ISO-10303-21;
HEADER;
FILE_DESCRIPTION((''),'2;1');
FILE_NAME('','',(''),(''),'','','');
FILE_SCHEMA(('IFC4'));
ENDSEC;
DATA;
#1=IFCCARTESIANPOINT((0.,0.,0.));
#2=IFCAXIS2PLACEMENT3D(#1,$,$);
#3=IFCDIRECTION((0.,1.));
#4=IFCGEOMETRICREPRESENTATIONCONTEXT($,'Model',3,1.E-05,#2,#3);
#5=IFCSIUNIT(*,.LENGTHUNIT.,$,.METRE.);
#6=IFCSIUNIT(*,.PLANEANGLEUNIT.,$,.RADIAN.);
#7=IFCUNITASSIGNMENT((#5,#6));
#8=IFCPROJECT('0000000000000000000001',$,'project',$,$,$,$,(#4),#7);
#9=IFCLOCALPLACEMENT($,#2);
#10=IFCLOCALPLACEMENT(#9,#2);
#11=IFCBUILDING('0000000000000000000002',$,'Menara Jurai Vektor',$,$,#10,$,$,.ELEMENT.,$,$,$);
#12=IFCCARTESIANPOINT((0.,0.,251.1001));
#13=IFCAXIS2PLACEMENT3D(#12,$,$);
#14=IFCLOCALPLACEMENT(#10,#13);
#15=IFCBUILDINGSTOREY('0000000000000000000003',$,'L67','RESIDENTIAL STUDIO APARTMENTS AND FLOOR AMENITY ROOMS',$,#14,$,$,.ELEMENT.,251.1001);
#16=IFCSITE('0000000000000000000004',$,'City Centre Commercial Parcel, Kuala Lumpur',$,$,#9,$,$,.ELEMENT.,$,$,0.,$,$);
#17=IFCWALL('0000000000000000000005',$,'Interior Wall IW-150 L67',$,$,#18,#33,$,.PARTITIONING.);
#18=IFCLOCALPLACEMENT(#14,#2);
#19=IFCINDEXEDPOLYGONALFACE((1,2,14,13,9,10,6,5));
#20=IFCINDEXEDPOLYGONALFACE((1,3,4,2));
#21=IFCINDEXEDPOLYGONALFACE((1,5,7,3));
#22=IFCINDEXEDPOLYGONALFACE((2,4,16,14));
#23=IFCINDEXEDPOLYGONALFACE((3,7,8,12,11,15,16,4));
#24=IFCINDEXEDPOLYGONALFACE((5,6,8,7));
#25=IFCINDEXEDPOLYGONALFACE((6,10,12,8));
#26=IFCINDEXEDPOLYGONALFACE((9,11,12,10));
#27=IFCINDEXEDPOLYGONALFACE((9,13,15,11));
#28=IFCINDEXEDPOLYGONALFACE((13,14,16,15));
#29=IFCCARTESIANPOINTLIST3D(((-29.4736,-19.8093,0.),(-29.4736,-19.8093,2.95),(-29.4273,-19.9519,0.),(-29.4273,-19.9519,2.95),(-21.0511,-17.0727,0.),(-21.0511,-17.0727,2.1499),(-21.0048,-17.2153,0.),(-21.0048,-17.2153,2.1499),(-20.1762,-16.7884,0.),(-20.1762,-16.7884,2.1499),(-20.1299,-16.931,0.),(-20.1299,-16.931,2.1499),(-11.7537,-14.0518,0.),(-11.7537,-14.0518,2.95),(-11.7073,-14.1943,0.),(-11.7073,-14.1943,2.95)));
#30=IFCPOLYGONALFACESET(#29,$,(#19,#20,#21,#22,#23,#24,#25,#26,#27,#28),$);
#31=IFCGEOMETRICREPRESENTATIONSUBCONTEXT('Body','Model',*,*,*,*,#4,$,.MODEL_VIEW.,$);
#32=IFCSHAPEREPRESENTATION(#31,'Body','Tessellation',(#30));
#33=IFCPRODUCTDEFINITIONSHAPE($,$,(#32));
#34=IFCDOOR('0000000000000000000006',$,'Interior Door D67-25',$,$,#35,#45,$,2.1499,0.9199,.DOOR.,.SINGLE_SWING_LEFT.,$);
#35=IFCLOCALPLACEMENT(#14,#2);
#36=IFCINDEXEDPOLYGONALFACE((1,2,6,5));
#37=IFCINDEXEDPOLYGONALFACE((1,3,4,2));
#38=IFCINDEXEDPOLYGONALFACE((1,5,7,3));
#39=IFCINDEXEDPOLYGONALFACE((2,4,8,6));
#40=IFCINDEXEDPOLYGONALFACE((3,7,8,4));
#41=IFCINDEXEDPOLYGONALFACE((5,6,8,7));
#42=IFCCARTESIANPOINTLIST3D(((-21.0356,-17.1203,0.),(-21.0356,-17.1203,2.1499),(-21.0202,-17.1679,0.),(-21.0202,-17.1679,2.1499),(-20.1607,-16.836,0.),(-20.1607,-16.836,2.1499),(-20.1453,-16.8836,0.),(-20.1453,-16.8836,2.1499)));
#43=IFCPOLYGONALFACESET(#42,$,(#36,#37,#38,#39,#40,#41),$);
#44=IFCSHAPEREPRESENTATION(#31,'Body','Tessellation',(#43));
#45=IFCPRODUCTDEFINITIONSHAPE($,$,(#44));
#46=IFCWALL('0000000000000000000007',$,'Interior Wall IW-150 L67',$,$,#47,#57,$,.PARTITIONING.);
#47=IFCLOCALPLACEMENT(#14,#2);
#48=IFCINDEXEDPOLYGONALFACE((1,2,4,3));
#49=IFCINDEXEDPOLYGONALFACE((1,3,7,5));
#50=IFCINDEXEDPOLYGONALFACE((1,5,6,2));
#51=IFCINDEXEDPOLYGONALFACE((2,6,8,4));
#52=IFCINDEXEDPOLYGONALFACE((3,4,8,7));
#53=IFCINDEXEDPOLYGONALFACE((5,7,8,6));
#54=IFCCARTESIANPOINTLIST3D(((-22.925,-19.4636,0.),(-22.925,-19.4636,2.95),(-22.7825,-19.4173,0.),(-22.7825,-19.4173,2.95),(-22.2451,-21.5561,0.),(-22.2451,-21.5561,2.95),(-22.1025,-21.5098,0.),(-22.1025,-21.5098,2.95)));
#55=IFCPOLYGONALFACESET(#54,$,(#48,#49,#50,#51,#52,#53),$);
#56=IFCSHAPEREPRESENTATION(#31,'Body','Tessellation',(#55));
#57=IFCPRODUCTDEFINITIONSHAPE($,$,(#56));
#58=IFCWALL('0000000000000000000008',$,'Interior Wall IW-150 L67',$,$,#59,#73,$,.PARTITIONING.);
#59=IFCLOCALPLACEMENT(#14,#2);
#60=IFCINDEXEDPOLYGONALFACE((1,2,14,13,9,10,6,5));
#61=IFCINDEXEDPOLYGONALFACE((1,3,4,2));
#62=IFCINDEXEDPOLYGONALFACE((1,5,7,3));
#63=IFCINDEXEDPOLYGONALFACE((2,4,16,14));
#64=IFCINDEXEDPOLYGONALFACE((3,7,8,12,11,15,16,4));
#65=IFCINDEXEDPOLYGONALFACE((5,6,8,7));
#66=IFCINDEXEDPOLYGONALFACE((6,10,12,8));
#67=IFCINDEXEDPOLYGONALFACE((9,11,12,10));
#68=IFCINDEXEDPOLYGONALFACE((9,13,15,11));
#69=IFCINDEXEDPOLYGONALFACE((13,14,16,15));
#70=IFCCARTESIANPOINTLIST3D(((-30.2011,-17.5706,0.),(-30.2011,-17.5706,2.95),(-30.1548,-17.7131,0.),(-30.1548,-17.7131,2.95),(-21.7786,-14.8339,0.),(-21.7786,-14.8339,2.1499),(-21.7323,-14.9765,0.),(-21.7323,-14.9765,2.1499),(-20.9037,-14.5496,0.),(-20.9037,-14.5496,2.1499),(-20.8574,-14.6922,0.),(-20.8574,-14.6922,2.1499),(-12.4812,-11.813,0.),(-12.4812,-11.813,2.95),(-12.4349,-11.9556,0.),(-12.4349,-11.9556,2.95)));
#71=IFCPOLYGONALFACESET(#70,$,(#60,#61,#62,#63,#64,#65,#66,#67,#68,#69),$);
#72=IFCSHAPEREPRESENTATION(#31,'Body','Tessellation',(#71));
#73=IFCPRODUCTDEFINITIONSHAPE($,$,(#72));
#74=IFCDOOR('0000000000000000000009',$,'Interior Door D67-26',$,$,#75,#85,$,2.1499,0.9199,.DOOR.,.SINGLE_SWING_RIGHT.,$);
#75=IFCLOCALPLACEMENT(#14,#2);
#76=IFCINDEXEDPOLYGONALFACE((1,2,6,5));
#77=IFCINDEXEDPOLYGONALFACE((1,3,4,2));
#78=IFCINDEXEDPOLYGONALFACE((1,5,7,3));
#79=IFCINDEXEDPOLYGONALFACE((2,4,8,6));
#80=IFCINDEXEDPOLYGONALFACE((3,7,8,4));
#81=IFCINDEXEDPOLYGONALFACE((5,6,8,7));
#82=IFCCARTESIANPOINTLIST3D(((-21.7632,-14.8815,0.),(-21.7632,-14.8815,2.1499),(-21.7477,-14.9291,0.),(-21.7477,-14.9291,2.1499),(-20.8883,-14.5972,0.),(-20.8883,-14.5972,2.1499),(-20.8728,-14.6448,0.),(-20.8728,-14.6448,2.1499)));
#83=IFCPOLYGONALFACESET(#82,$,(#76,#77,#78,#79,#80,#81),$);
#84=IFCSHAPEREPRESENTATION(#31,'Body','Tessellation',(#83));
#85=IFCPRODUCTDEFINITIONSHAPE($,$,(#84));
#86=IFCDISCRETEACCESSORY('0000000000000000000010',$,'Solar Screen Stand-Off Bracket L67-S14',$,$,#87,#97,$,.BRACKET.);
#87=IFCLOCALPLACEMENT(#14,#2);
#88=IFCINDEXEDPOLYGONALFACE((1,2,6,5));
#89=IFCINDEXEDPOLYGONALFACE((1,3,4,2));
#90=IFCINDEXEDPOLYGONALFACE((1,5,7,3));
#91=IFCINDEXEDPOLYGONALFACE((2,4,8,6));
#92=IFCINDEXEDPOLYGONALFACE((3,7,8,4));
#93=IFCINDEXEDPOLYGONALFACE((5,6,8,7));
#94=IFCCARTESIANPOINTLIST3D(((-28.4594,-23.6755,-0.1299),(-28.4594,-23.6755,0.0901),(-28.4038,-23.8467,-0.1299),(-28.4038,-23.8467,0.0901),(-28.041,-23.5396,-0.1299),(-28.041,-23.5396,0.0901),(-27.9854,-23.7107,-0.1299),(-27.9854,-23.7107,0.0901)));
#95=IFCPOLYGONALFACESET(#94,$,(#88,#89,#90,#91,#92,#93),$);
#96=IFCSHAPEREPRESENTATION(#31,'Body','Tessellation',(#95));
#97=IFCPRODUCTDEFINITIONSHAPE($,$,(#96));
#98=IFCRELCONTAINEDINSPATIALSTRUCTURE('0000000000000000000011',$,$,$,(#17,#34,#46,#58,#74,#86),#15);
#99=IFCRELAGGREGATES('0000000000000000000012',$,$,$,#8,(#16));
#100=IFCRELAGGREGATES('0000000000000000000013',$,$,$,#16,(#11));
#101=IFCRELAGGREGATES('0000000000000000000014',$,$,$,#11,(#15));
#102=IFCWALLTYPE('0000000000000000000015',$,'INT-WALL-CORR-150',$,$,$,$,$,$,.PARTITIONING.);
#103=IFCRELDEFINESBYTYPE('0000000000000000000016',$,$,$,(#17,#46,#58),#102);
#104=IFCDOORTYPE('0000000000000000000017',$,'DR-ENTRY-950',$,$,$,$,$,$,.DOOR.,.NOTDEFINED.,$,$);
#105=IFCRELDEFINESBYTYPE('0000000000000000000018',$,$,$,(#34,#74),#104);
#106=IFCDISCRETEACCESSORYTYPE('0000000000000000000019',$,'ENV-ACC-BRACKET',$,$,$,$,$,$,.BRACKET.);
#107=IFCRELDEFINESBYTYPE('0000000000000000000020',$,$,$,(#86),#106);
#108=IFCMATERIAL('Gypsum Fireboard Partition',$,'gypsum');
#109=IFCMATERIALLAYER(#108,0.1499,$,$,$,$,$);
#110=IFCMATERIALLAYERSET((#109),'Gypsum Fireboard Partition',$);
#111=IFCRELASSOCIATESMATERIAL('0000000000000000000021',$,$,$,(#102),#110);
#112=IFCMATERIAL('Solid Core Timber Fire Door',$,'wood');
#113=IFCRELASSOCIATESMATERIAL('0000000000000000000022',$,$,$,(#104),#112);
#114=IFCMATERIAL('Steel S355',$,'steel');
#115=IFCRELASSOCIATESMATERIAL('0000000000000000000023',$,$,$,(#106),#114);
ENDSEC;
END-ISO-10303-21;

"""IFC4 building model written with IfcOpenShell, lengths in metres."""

from ifc_helpers import new_model, si_unit, direction, frame, frame_2d, origin, origin_2d, place, context, subcontext, project, spatial, rectangle, extrude, material, layer, layer_set, type_object, element, fill, save


model = new_model("IFC4")

# Units and contexts
model_context = context("Model", 3, precision=1e-05, world=origin(), true_north=direction((0.0, 1.0)))
body_context = subcontext(model_context, "Body", "Model", "MODEL_VIEW")
ifc_project = project(units=[si_unit("LENGTHUNIT", "METRE"), si_unit("PLANEANGLEUNIT", "RADIAN")], contexts=[model_context])

# Site, building, storey
site_placement = place(None, origin())
site = spatial("IfcSite", under=ifc_project, at=site_placement, Name="City Centre Commercial Parcel, Kuala Lumpur", CompositionType="ELEMENT", RefElevation=0.0)
building_placement = place(site_placement, origin())
building = spatial("IfcBuilding", under=site, at=building_placement, Name="Menara Jurai Vektor", CompositionType="ELEMENT")
storey_placement = place(building_placement, frame((0.0, 0.0, 251.1001)))
storey = spatial("IfcBuildingStorey", under=building, at=storey_placement, Name="L67", Description="RESIDENTIAL STUDIO APARTMENTS AND FLOOR AMENITY ROOMS", CompositionType="ELEMENT", Elevation=251.1001)

# Shared definitions
ifc_material_1 = material(Name="Steel S355", Category="steel")

# Shared definitions
ifc_material_2 = material(Name="Gypsum Fireboard Partition", Category="gypsum")
ifc_layer_1 = layer(ifc_material_2, 0.1499)
ifc_layer_set_1 = layer_set([ifc_layer_1], Name="Gypsum Fireboard Partition")
wall_type = type_object("IfcWallType", Name="INT-WALL-CORR-150", PredefinedType="PARTITIONING", material=ifc_layer_set_1)

# Wall, opening, door
wall_1_placement = place(storey_placement, frame((-29.4504, -19.8806, 0.0), z_axis=(0.0, 0.0, 1.0), x_axis=(0.951057, 0.309017, 0.0)))
wall_1 = element("IfcWall", 1, at=wall_1_placement, inside=storey, type_object=wall_type, Name="Interior Wall IW-150 L67", PredefinedType="PARTITIONING", context=body_context, shape_type="SweptSolid", body=[
    extrude(rectangle(XDim=18.6318, YDim=0.1499, at=frame_2d((9.3159, 0.0))), origin(), (0.0, 0.0, 1.0), 2.95),
])
opening_1_placement = place(wall_1_placement, frame((8.856, 0.0, 0.0)))
opening_1 = element("IfcOpeningElement", 2, at=opening_1_placement, cuts=wall_1, PredefinedType="OPENING", context=body_context, shape_type="SweptSolid", body=[
    extrude(rectangle(XDim=0.9199, YDim=2.1499, at=frame_2d((0.46, 1.075))), frame((0.0, 0.085, 0.0), z_axis=(0.0, -1.0, 0.0), x_axis=(1.0, 0.0, 0.0)), (0.0, 0.0, 1.0), 0.1699),
])
ifc_material_3 = material(Name="Solid Core Timber Fire Door", Category="wood")
door_type = type_object("IfcDoorType", Name="DR-ENTRY-950", OperationType="NOTDEFINED", PredefinedType="DOOR", material=ifc_material_3)
door_1_placement = place(opening_1_placement, origin())
door_1 = element("IfcDoor", 3, at=door_1_placement, inside=storey, type_object=door_type, Name="Interior Door D67-25", OperationType="SINGLE_SWING_LEFT", OverallHeight=2.1499, OverallWidth=0.9199, PredefinedType="DOOR", context=body_context, shape_type="SweptSolid", body=[
    extrude(rectangle(XDim=0.9199, YDim=2.1499, at=frame_2d((0.46, 1.075))), frame((0.0, 0.0249, 0.0), z_axis=(0.0, -1.0, 0.0), x_axis=(1.0, 0.0, 0.0)), (0.0, 0.0, 1.0), 0.05),
])
fill(opening_1, door_1)

# Wall
wall_2_placement = place(storey_placement, frame((-22.1738, -21.533, 0.0), z_axis=(0.0, 0.0, 1.0), x_axis=(-0.309028, 0.951053, 0.0)))
element("IfcWall", 4, at=wall_2_placement, inside=storey, type_object=wall_type, Name="Interior Wall IW-150 L67", PredefinedType="PARTITIONING", context=body_context, shape_type="SweptSolid", body=[
    extrude(rectangle(XDim=2.2002, YDim=0.1499, at=frame_2d((1.1001, 0.0))), origin(), (0.0, 0.0, 1.0), 2.95),
])

# Wall, opening, door
wall_3_placement = place(storey_placement, frame((-30.178, -17.6418, 0.0), z_axis=(0.0, 0.0, 1.0), x_axis=(0.951057, 0.309017, 0.0)))
wall_3 = element("IfcWall", 5, at=wall_3_placement, inside=storey, type_object=wall_type, Name="Interior Wall IW-150 L67", PredefinedType="PARTITIONING", context=body_context, shape_type="SweptSolid", body=[
    extrude(rectangle(XDim=18.6318, YDim=0.1499, at=frame_2d((9.3159, 0.0))), origin(), (0.0, 0.0, 1.0), 2.95),
])
opening_2_placement = place(wall_3_placement, frame((8.856, 0.0, 0.0)))
opening_2 = element("IfcOpeningElement", 6, at=opening_2_placement, cuts=wall_3, PredefinedType="OPENING", context=body_context, shape_type="SweptSolid", body=[
    extrude(rectangle(XDim=0.9199, YDim=2.1499, at=frame_2d((0.46, 1.075))), frame((0.0, 0.085, 0.0), z_axis=(0.0, -1.0, 0.0), x_axis=(1.0, 0.0, 0.0)), (0.0, 0.0, 1.0), 0.1699),
])
door_2_placement = place(opening_2_placement, origin())
door_2 = element("IfcDoor", 7, at=door_2_placement, inside=storey, type_object=door_type, Name="Interior Door D67-26", OperationType="SINGLE_SWING_RIGHT", OverallHeight=2.1499, OverallWidth=0.9199, PredefinedType="DOOR", context=body_context, shape_type="SweptSolid", body=[
    extrude(rectangle(XDim=0.9199, YDim=2.1499, at=frame_2d((0.46, 1.075))), frame((0.0, 0.0249, 0.0), z_axis=(0.0, -1.0, 0.0), x_axis=(1.0, 0.0, 0.0)), (0.0, 0.0, 1.0), 0.05),
])
fill(opening_2, door_2)

# Discrete accessory
discrete_accessory_type = type_object("IfcDiscreteAccessoryType", Name="ENV-ACC-BRACKET", PredefinedType="BRACKET", material=ifc_material_1)
discrete_accessory_placement = place(storey_placement, frame((-28.2224, -23.6931, -0.1299), z_axis=(0.0, 0.0, 1.0), x_axis=(0.309017, -0.951057, 0.0)))
element("IfcDiscreteAccessory", 8, at=discrete_accessory_placement, inside=storey, type_object=discrete_accessory_type, Name="Solar Screen Stand-Off Bracket L67-S14", PredefinedType="BRACKET", context=body_context, shape_type="SweptSolid", body=[
    extrude(rectangle(XDim=0.1799, YDim=0.4399, at=origin_2d()), origin(), (0.0, 0.0, 1.0), 0.22),
])

save(model, "model.ifc")
